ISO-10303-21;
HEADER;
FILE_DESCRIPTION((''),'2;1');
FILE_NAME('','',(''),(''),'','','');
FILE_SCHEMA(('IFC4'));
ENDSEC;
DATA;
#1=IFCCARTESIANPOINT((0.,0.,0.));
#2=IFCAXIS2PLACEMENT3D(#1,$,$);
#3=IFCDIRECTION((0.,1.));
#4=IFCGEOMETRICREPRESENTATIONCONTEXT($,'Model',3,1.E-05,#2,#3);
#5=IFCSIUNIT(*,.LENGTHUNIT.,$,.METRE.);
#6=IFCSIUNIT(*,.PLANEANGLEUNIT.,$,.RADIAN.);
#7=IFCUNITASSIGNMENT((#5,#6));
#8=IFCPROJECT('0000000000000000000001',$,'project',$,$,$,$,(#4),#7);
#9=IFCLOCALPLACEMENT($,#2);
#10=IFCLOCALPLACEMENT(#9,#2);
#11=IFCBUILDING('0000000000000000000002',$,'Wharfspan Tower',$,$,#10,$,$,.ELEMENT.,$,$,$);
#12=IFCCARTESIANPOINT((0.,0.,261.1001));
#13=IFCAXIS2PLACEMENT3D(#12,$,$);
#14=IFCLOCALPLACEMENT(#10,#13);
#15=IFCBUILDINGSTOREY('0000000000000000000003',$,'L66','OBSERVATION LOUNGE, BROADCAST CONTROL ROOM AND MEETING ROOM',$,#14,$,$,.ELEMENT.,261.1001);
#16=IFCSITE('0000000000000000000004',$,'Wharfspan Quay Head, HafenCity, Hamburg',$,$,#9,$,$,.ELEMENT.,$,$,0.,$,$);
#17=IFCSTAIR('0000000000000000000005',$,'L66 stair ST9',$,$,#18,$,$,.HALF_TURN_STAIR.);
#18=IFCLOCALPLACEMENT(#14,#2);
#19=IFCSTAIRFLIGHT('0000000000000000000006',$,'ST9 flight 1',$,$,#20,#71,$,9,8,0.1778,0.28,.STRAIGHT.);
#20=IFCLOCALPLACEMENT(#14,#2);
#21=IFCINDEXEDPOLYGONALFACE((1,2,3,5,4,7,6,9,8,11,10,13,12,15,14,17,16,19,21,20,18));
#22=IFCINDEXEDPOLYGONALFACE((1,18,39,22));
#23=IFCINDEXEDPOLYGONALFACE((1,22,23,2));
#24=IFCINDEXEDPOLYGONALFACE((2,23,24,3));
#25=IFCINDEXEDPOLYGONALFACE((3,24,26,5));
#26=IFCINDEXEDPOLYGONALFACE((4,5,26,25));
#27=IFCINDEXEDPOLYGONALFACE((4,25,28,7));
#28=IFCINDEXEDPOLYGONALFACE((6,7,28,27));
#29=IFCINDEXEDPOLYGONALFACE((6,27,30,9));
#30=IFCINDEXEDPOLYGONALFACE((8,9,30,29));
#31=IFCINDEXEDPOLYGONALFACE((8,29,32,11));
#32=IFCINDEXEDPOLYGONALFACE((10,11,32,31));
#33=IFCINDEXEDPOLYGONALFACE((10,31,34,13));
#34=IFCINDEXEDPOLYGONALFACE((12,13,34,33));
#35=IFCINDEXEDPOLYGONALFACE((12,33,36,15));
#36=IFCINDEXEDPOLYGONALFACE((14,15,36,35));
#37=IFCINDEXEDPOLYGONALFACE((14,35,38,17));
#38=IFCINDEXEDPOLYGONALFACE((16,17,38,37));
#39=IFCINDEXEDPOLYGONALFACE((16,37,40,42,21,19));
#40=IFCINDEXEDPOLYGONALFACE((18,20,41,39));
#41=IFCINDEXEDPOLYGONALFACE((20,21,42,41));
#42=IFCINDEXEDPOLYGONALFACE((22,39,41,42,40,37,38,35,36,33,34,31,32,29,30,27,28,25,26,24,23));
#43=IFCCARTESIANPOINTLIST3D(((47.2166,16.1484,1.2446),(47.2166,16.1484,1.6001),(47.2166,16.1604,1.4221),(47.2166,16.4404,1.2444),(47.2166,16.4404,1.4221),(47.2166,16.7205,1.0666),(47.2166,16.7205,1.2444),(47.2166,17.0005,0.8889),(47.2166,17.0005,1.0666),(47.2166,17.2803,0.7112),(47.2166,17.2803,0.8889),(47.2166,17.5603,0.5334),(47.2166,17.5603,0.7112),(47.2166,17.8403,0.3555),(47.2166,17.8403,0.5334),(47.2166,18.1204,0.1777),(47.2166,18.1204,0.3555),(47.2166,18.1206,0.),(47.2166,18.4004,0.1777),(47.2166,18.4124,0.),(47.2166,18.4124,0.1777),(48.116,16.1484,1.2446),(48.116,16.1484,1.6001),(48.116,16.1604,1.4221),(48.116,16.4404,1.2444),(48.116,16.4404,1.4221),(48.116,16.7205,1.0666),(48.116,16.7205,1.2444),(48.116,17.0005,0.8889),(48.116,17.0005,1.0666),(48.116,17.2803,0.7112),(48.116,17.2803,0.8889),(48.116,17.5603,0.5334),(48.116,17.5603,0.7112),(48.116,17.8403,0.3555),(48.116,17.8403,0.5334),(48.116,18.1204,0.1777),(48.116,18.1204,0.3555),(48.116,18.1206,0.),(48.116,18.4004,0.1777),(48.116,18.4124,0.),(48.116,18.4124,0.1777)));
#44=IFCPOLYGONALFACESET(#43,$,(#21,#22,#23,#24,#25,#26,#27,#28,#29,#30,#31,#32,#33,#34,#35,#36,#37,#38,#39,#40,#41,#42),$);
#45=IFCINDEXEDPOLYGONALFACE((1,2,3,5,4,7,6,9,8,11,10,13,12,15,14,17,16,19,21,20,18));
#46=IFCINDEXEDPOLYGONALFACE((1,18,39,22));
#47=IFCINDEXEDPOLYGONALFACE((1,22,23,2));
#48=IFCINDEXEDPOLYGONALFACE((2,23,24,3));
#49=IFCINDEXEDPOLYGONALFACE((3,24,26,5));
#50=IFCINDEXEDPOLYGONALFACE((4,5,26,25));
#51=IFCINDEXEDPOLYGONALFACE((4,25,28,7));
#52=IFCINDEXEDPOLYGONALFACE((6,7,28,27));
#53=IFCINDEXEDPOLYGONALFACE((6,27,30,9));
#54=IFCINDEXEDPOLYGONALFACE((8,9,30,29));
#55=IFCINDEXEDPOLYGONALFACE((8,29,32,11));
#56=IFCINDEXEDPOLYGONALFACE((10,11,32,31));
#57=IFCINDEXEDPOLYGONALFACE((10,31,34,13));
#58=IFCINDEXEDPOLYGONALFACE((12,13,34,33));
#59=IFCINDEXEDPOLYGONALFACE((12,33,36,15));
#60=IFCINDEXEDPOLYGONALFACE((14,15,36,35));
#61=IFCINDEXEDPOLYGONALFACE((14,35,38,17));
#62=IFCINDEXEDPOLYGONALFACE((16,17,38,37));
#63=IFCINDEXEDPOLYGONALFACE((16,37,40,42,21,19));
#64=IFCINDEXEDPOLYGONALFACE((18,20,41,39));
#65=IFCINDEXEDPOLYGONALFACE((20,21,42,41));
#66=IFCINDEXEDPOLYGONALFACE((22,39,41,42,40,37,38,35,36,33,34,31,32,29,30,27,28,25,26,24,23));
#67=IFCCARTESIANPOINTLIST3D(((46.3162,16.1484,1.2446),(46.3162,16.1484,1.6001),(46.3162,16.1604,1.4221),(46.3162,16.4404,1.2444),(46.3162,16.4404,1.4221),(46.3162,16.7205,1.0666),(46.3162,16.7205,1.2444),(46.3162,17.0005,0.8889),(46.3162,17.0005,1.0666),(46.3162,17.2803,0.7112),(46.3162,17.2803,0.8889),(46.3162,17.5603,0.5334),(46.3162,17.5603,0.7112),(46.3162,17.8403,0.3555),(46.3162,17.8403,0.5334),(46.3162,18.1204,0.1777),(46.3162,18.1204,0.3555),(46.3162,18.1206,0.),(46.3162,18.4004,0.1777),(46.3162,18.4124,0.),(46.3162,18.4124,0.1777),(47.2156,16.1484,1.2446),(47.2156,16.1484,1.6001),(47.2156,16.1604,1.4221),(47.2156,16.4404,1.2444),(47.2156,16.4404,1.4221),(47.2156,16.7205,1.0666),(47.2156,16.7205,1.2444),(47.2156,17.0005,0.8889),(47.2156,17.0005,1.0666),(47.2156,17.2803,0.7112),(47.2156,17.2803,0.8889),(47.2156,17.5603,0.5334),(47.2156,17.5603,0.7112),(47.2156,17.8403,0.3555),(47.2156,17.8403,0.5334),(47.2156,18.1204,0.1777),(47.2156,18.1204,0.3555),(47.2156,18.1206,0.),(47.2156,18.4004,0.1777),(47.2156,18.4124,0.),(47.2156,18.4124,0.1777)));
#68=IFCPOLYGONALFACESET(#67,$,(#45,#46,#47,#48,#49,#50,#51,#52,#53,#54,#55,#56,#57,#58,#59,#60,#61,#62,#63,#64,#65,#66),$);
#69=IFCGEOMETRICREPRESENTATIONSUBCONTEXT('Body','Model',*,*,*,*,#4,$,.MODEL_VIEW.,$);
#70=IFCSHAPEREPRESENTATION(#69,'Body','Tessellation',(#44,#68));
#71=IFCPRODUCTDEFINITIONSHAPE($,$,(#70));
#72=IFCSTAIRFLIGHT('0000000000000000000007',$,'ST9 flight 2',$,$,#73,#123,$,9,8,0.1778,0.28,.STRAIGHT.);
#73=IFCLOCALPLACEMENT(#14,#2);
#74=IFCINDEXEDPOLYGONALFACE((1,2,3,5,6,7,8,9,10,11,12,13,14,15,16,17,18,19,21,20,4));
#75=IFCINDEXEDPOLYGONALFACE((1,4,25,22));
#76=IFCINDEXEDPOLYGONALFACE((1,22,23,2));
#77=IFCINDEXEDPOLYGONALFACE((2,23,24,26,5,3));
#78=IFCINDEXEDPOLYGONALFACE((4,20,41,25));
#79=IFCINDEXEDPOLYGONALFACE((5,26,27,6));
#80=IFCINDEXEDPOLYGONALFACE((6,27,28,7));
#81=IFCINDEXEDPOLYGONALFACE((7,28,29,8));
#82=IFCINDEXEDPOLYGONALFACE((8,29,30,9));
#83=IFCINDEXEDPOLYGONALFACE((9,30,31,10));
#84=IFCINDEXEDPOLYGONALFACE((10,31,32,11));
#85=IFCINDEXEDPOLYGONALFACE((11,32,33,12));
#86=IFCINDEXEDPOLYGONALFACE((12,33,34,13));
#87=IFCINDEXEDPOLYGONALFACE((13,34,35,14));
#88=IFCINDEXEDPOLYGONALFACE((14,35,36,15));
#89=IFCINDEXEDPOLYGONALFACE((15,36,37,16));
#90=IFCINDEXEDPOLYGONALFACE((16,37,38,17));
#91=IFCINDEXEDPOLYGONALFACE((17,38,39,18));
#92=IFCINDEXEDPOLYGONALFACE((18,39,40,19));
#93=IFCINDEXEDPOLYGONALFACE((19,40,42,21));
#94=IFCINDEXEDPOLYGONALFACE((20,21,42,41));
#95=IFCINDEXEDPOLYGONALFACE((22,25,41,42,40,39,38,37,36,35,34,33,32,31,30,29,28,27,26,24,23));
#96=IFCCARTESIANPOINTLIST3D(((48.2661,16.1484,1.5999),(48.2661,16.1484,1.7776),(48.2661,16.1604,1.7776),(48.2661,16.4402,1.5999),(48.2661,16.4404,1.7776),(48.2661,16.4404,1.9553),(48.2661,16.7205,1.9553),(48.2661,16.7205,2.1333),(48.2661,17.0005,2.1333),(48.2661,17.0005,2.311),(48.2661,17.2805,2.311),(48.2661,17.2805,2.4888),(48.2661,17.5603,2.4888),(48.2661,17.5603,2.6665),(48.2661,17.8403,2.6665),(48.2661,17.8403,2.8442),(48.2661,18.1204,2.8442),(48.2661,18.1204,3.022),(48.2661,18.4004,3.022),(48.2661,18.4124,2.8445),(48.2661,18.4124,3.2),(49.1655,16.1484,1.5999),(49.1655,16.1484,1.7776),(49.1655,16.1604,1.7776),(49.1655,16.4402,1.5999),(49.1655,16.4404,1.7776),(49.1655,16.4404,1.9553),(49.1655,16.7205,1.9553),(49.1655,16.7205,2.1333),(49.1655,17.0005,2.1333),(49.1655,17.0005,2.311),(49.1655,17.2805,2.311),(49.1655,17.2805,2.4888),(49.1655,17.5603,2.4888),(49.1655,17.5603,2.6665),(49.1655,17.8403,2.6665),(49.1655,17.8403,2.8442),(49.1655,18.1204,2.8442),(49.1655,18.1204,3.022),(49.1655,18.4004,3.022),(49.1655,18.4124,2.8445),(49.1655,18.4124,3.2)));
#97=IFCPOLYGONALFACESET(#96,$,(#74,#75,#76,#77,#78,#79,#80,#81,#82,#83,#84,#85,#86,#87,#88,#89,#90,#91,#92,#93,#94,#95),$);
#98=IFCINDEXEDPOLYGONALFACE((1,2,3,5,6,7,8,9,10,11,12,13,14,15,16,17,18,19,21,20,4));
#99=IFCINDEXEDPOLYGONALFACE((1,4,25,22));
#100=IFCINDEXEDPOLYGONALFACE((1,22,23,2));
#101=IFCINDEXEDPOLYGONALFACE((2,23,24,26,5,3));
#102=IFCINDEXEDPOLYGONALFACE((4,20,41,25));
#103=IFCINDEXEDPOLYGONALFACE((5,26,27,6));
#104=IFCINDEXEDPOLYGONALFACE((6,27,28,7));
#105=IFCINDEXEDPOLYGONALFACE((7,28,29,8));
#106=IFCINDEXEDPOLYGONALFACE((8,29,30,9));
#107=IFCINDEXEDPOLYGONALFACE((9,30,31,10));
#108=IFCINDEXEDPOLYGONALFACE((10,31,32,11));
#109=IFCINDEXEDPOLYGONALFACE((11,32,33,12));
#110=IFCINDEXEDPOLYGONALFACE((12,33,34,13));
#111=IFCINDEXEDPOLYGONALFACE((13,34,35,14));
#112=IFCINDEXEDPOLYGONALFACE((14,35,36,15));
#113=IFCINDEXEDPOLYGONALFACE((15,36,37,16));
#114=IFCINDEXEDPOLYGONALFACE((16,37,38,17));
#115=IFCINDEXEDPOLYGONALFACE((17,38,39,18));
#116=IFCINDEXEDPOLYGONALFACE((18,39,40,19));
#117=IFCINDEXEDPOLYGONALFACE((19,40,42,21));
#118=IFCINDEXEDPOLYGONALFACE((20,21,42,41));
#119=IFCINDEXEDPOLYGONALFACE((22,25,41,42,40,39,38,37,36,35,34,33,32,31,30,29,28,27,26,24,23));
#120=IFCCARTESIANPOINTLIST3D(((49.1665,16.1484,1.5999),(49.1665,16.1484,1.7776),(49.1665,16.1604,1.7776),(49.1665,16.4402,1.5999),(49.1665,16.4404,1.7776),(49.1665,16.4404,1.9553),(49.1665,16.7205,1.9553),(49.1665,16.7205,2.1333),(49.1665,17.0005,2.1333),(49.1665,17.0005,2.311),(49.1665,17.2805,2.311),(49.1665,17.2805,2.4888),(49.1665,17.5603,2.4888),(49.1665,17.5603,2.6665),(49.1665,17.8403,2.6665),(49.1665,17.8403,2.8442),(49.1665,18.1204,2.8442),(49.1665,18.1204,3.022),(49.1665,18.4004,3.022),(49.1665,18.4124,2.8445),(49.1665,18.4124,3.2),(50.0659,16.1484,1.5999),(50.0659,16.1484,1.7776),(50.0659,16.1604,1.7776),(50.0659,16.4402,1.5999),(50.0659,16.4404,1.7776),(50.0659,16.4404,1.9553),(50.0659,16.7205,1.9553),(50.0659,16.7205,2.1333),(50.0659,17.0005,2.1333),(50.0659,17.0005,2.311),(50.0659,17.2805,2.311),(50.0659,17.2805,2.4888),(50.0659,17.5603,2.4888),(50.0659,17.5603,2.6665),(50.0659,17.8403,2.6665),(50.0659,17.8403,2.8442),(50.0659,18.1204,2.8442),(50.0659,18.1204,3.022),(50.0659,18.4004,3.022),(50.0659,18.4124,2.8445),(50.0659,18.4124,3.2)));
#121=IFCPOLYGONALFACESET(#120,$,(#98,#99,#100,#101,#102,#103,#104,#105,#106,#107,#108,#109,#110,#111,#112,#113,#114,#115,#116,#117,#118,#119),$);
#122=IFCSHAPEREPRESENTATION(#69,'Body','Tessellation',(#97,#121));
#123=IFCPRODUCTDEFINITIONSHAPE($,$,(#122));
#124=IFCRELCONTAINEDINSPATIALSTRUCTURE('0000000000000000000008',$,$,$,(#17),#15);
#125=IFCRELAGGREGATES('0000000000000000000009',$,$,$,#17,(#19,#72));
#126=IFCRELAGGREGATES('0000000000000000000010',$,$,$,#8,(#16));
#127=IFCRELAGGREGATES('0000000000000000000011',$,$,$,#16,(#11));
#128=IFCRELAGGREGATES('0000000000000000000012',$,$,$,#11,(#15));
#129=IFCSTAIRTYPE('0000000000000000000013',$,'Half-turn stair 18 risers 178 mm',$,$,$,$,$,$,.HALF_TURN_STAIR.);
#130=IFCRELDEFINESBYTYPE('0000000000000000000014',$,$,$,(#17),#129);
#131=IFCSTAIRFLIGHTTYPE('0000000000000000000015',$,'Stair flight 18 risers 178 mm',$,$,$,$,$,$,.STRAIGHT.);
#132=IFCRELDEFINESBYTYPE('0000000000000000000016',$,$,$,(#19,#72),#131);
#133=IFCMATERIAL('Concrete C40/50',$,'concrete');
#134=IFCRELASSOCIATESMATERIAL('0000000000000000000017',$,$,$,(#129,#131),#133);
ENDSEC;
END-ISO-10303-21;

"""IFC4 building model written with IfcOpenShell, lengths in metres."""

from ifc_helpers import new_model, si_unit, direction, frame, origin, place, context, subcontext, project, spatial, polyline, outline, extrude, material, type_object, element, aggregate, save


model = new_model("IFC4")

# Units and contexts
model_context = context("Model", 3, precision=1e-05, world=origin(), true_north=direction((0.0, 1.0)))
body_context = subcontext(model_context, "Body", "Model", "MODEL_VIEW")
ifc_project = project(units=[si_unit("LENGTHUNIT", "METRE"), si_unit("PLANEANGLEUNIT", "RADIAN")], contexts=[model_context])

# Site, building, storey
site_placement = place(None, origin())
site = spatial("IfcSite", under=ifc_project, at=site_placement, Name="Wharfspan Quay Head, HafenCity, Hamburg", CompositionType="ELEMENT", RefElevation=0.0)
building_placement = place(site_placement, origin())
building = spatial("IfcBuilding", under=site, at=building_placement, Name="Wharfspan Tower", CompositionType="ELEMENT")
storey_placement = place(building_placement, frame((0.0, 0.0, 261.1001)))
storey = spatial("IfcBuildingStorey", under=building, at=storey_placement, Name="L66", Description="OBSERVATION LOUNGE, BROADCAST CONTROL ROOM AND MEETING ROOM", CompositionType="ELEMENT", Elevation=261.1001)

# Shared definitions
ifc_material_1 = material(Name="Concrete C40/50", Category="concrete")

# Stair, stair flights
stair_type = type_object("IfcStairType", Name="Half-turn stair 18 risers 178 mm", PredefinedType="HALF_TURN_STAIR", material=ifc_material_1)
stair_placement = place(storey_placement, origin())
stair = element("IfcStair", 1, at=stair_placement, inside=storey, type_object=stair_type, Name="L66 stair ST9", PredefinedType="HALF_TURN_STAIR")
stair_flight_type = type_object("IfcStairFlightType", Name="Stair flight 18 risers 178 mm", PredefinedType="STRAIGHT", material=ifc_material_1)
stair_flight_1_placement = place(storey_placement, frame((47.2161, 18.4004, 0.0), z_axis=(0.0, 0.0, 1.0), x_axis=(0.0, -1.0, 0.0)))
stair_flight_1 = element("IfcStairFlight", 2, at=stair_flight_1_placement, type_object=stair_flight_type, Name="ST9 flight 1", NumberOfRisers=9, NumberOfTreads=8, PredefinedType="STRAIGHT", RiserHeight=0.1778, TreadLength=0.28, context=body_context, shape_type="SweptSolid", body=[
    extrude(outline(polyline([(-0.012, 0.0), (-0.012, 0.1777), (0.0, 0.1777), (0.28, 0.1777), (0.28, 0.3555), (0.5601, 0.3555), (0.5601, 0.5334), (0.8401, 0.5334), (0.8401, 0.7112), (1.1201, 0.7112), (1.1201, 0.8889), (1.3999, 0.8889), (1.3999, 1.0667), (1.6799, 1.0667), (1.6799, 1.2444), (1.96, 1.2444), (1.96, 1.4221), (2.24, 1.4221), (2.252, 1.6001), (2.252, 1.2446), (0.2798, 0.0), (-0.012, 0.0)])), frame((0.0, 0.8999, 0.0), z_axis=(0.0, -1.0, 0.0), x_axis=(1.0, 0.0, 0.0)), (0.0, 0.0, 1.0), 0.8994),
    extrude(outline(polyline([(-0.012, 0.0), (-0.012, 0.1777), (0.0, 0.1777), (0.28, 0.1777), (0.28, 0.3555), (0.5601, 0.3555), (0.5601, 0.5334), (0.8401, 0.5334), (0.8401, 0.7112), (1.1201, 0.7112), (1.1201, 0.8889), (1.3999, 0.8889), (1.3999, 1.0667), (1.6799, 1.0667), (1.6799, 1.2444), (1.96, 1.2444), (1.96, 1.4221), (2.24, 1.4221), (2.252, 1.6001), (2.252, 1.2446), (0.2798, 0.0), (-0.012, 0.0)])), frame((0.0, -0.0005, 0.0), z_axis=(0.0, -1.0, 0.0), x_axis=(1.0, 0.0, 0.0)), (0.0, 0.0, 1.0), 0.8994),
])
stair_flight_2_placement = place(storey_placement, frame((49.166, 16.1604, 1.5999), z_axis=(0.0, 0.0, 1.0), x_axis=(0.0, 1.0, 0.0)))
stair_flight_2 = element("IfcStairFlight", 3, at=stair_flight_2_placement, type_object=stair_flight_type, Name="ST9 flight 2", NumberOfRisers=9, NumberOfTreads=8, PredefinedType="STRAIGHT", RiserHeight=0.1778, TreadLength=0.28, context=body_context, shape_type="SweptSolid", body=[
    extrude(outline(polyline([(-0.012, 0.0), (-0.012, 0.1777), (0.0, 0.1777), (0.28, 0.1777), (0.28, 0.3555), (0.5601, 0.3555), (0.5601, 0.5334), (0.8401, 0.5334), (0.8401, 0.7112), (1.1201, 0.7112), (1.1201, 0.8889), (1.3999, 0.8889), (1.3999, 1.0667), (1.6799, 1.0667), (1.6799, 1.2444), (1.96, 1.2444), (1.96, 1.4221), (2.24, 1.4221), (2.252, 1.6001), (2.252, 1.2446), (0.2798, 0.0), (-0.012, 0.0)])), frame((0.0, 0.8999, 0.0), z_axis=(0.0, -1.0, 0.0), x_axis=(1.0, 0.0, 0.0)), (0.0, 0.0, 1.0), 0.8994),
    extrude(outline(polyline([(-0.012, 0.0), (-0.012, 0.1777), (0.0, 0.1777), (0.28, 0.1777), (0.28, 0.3555), (0.5601, 0.3555), (0.5601, 0.5334), (0.8401, 0.5334), (0.8401, 0.7112), (1.1201, 0.7112), (1.1201, 0.8889), (1.3999, 0.8889), (1.3999, 1.0667), (1.6799, 1.0667), (1.6799, 1.2444), (1.96, 1.2444), (1.96, 1.4221), (2.24, 1.4221), (2.252, 1.6001), (2.252, 1.2446), (0.2798, 0.0), (-0.012, 0.0)])), frame((0.0, -0.0005, 0.0), z_axis=(0.0, -1.0, 0.0), x_axis=(1.0, 0.0, 0.0)), (0.0, 0.0, 1.0), 0.8994),
])
aggregate(stair, [stair_flight_1, stair_flight_2])

save(model, "model.ifc")
